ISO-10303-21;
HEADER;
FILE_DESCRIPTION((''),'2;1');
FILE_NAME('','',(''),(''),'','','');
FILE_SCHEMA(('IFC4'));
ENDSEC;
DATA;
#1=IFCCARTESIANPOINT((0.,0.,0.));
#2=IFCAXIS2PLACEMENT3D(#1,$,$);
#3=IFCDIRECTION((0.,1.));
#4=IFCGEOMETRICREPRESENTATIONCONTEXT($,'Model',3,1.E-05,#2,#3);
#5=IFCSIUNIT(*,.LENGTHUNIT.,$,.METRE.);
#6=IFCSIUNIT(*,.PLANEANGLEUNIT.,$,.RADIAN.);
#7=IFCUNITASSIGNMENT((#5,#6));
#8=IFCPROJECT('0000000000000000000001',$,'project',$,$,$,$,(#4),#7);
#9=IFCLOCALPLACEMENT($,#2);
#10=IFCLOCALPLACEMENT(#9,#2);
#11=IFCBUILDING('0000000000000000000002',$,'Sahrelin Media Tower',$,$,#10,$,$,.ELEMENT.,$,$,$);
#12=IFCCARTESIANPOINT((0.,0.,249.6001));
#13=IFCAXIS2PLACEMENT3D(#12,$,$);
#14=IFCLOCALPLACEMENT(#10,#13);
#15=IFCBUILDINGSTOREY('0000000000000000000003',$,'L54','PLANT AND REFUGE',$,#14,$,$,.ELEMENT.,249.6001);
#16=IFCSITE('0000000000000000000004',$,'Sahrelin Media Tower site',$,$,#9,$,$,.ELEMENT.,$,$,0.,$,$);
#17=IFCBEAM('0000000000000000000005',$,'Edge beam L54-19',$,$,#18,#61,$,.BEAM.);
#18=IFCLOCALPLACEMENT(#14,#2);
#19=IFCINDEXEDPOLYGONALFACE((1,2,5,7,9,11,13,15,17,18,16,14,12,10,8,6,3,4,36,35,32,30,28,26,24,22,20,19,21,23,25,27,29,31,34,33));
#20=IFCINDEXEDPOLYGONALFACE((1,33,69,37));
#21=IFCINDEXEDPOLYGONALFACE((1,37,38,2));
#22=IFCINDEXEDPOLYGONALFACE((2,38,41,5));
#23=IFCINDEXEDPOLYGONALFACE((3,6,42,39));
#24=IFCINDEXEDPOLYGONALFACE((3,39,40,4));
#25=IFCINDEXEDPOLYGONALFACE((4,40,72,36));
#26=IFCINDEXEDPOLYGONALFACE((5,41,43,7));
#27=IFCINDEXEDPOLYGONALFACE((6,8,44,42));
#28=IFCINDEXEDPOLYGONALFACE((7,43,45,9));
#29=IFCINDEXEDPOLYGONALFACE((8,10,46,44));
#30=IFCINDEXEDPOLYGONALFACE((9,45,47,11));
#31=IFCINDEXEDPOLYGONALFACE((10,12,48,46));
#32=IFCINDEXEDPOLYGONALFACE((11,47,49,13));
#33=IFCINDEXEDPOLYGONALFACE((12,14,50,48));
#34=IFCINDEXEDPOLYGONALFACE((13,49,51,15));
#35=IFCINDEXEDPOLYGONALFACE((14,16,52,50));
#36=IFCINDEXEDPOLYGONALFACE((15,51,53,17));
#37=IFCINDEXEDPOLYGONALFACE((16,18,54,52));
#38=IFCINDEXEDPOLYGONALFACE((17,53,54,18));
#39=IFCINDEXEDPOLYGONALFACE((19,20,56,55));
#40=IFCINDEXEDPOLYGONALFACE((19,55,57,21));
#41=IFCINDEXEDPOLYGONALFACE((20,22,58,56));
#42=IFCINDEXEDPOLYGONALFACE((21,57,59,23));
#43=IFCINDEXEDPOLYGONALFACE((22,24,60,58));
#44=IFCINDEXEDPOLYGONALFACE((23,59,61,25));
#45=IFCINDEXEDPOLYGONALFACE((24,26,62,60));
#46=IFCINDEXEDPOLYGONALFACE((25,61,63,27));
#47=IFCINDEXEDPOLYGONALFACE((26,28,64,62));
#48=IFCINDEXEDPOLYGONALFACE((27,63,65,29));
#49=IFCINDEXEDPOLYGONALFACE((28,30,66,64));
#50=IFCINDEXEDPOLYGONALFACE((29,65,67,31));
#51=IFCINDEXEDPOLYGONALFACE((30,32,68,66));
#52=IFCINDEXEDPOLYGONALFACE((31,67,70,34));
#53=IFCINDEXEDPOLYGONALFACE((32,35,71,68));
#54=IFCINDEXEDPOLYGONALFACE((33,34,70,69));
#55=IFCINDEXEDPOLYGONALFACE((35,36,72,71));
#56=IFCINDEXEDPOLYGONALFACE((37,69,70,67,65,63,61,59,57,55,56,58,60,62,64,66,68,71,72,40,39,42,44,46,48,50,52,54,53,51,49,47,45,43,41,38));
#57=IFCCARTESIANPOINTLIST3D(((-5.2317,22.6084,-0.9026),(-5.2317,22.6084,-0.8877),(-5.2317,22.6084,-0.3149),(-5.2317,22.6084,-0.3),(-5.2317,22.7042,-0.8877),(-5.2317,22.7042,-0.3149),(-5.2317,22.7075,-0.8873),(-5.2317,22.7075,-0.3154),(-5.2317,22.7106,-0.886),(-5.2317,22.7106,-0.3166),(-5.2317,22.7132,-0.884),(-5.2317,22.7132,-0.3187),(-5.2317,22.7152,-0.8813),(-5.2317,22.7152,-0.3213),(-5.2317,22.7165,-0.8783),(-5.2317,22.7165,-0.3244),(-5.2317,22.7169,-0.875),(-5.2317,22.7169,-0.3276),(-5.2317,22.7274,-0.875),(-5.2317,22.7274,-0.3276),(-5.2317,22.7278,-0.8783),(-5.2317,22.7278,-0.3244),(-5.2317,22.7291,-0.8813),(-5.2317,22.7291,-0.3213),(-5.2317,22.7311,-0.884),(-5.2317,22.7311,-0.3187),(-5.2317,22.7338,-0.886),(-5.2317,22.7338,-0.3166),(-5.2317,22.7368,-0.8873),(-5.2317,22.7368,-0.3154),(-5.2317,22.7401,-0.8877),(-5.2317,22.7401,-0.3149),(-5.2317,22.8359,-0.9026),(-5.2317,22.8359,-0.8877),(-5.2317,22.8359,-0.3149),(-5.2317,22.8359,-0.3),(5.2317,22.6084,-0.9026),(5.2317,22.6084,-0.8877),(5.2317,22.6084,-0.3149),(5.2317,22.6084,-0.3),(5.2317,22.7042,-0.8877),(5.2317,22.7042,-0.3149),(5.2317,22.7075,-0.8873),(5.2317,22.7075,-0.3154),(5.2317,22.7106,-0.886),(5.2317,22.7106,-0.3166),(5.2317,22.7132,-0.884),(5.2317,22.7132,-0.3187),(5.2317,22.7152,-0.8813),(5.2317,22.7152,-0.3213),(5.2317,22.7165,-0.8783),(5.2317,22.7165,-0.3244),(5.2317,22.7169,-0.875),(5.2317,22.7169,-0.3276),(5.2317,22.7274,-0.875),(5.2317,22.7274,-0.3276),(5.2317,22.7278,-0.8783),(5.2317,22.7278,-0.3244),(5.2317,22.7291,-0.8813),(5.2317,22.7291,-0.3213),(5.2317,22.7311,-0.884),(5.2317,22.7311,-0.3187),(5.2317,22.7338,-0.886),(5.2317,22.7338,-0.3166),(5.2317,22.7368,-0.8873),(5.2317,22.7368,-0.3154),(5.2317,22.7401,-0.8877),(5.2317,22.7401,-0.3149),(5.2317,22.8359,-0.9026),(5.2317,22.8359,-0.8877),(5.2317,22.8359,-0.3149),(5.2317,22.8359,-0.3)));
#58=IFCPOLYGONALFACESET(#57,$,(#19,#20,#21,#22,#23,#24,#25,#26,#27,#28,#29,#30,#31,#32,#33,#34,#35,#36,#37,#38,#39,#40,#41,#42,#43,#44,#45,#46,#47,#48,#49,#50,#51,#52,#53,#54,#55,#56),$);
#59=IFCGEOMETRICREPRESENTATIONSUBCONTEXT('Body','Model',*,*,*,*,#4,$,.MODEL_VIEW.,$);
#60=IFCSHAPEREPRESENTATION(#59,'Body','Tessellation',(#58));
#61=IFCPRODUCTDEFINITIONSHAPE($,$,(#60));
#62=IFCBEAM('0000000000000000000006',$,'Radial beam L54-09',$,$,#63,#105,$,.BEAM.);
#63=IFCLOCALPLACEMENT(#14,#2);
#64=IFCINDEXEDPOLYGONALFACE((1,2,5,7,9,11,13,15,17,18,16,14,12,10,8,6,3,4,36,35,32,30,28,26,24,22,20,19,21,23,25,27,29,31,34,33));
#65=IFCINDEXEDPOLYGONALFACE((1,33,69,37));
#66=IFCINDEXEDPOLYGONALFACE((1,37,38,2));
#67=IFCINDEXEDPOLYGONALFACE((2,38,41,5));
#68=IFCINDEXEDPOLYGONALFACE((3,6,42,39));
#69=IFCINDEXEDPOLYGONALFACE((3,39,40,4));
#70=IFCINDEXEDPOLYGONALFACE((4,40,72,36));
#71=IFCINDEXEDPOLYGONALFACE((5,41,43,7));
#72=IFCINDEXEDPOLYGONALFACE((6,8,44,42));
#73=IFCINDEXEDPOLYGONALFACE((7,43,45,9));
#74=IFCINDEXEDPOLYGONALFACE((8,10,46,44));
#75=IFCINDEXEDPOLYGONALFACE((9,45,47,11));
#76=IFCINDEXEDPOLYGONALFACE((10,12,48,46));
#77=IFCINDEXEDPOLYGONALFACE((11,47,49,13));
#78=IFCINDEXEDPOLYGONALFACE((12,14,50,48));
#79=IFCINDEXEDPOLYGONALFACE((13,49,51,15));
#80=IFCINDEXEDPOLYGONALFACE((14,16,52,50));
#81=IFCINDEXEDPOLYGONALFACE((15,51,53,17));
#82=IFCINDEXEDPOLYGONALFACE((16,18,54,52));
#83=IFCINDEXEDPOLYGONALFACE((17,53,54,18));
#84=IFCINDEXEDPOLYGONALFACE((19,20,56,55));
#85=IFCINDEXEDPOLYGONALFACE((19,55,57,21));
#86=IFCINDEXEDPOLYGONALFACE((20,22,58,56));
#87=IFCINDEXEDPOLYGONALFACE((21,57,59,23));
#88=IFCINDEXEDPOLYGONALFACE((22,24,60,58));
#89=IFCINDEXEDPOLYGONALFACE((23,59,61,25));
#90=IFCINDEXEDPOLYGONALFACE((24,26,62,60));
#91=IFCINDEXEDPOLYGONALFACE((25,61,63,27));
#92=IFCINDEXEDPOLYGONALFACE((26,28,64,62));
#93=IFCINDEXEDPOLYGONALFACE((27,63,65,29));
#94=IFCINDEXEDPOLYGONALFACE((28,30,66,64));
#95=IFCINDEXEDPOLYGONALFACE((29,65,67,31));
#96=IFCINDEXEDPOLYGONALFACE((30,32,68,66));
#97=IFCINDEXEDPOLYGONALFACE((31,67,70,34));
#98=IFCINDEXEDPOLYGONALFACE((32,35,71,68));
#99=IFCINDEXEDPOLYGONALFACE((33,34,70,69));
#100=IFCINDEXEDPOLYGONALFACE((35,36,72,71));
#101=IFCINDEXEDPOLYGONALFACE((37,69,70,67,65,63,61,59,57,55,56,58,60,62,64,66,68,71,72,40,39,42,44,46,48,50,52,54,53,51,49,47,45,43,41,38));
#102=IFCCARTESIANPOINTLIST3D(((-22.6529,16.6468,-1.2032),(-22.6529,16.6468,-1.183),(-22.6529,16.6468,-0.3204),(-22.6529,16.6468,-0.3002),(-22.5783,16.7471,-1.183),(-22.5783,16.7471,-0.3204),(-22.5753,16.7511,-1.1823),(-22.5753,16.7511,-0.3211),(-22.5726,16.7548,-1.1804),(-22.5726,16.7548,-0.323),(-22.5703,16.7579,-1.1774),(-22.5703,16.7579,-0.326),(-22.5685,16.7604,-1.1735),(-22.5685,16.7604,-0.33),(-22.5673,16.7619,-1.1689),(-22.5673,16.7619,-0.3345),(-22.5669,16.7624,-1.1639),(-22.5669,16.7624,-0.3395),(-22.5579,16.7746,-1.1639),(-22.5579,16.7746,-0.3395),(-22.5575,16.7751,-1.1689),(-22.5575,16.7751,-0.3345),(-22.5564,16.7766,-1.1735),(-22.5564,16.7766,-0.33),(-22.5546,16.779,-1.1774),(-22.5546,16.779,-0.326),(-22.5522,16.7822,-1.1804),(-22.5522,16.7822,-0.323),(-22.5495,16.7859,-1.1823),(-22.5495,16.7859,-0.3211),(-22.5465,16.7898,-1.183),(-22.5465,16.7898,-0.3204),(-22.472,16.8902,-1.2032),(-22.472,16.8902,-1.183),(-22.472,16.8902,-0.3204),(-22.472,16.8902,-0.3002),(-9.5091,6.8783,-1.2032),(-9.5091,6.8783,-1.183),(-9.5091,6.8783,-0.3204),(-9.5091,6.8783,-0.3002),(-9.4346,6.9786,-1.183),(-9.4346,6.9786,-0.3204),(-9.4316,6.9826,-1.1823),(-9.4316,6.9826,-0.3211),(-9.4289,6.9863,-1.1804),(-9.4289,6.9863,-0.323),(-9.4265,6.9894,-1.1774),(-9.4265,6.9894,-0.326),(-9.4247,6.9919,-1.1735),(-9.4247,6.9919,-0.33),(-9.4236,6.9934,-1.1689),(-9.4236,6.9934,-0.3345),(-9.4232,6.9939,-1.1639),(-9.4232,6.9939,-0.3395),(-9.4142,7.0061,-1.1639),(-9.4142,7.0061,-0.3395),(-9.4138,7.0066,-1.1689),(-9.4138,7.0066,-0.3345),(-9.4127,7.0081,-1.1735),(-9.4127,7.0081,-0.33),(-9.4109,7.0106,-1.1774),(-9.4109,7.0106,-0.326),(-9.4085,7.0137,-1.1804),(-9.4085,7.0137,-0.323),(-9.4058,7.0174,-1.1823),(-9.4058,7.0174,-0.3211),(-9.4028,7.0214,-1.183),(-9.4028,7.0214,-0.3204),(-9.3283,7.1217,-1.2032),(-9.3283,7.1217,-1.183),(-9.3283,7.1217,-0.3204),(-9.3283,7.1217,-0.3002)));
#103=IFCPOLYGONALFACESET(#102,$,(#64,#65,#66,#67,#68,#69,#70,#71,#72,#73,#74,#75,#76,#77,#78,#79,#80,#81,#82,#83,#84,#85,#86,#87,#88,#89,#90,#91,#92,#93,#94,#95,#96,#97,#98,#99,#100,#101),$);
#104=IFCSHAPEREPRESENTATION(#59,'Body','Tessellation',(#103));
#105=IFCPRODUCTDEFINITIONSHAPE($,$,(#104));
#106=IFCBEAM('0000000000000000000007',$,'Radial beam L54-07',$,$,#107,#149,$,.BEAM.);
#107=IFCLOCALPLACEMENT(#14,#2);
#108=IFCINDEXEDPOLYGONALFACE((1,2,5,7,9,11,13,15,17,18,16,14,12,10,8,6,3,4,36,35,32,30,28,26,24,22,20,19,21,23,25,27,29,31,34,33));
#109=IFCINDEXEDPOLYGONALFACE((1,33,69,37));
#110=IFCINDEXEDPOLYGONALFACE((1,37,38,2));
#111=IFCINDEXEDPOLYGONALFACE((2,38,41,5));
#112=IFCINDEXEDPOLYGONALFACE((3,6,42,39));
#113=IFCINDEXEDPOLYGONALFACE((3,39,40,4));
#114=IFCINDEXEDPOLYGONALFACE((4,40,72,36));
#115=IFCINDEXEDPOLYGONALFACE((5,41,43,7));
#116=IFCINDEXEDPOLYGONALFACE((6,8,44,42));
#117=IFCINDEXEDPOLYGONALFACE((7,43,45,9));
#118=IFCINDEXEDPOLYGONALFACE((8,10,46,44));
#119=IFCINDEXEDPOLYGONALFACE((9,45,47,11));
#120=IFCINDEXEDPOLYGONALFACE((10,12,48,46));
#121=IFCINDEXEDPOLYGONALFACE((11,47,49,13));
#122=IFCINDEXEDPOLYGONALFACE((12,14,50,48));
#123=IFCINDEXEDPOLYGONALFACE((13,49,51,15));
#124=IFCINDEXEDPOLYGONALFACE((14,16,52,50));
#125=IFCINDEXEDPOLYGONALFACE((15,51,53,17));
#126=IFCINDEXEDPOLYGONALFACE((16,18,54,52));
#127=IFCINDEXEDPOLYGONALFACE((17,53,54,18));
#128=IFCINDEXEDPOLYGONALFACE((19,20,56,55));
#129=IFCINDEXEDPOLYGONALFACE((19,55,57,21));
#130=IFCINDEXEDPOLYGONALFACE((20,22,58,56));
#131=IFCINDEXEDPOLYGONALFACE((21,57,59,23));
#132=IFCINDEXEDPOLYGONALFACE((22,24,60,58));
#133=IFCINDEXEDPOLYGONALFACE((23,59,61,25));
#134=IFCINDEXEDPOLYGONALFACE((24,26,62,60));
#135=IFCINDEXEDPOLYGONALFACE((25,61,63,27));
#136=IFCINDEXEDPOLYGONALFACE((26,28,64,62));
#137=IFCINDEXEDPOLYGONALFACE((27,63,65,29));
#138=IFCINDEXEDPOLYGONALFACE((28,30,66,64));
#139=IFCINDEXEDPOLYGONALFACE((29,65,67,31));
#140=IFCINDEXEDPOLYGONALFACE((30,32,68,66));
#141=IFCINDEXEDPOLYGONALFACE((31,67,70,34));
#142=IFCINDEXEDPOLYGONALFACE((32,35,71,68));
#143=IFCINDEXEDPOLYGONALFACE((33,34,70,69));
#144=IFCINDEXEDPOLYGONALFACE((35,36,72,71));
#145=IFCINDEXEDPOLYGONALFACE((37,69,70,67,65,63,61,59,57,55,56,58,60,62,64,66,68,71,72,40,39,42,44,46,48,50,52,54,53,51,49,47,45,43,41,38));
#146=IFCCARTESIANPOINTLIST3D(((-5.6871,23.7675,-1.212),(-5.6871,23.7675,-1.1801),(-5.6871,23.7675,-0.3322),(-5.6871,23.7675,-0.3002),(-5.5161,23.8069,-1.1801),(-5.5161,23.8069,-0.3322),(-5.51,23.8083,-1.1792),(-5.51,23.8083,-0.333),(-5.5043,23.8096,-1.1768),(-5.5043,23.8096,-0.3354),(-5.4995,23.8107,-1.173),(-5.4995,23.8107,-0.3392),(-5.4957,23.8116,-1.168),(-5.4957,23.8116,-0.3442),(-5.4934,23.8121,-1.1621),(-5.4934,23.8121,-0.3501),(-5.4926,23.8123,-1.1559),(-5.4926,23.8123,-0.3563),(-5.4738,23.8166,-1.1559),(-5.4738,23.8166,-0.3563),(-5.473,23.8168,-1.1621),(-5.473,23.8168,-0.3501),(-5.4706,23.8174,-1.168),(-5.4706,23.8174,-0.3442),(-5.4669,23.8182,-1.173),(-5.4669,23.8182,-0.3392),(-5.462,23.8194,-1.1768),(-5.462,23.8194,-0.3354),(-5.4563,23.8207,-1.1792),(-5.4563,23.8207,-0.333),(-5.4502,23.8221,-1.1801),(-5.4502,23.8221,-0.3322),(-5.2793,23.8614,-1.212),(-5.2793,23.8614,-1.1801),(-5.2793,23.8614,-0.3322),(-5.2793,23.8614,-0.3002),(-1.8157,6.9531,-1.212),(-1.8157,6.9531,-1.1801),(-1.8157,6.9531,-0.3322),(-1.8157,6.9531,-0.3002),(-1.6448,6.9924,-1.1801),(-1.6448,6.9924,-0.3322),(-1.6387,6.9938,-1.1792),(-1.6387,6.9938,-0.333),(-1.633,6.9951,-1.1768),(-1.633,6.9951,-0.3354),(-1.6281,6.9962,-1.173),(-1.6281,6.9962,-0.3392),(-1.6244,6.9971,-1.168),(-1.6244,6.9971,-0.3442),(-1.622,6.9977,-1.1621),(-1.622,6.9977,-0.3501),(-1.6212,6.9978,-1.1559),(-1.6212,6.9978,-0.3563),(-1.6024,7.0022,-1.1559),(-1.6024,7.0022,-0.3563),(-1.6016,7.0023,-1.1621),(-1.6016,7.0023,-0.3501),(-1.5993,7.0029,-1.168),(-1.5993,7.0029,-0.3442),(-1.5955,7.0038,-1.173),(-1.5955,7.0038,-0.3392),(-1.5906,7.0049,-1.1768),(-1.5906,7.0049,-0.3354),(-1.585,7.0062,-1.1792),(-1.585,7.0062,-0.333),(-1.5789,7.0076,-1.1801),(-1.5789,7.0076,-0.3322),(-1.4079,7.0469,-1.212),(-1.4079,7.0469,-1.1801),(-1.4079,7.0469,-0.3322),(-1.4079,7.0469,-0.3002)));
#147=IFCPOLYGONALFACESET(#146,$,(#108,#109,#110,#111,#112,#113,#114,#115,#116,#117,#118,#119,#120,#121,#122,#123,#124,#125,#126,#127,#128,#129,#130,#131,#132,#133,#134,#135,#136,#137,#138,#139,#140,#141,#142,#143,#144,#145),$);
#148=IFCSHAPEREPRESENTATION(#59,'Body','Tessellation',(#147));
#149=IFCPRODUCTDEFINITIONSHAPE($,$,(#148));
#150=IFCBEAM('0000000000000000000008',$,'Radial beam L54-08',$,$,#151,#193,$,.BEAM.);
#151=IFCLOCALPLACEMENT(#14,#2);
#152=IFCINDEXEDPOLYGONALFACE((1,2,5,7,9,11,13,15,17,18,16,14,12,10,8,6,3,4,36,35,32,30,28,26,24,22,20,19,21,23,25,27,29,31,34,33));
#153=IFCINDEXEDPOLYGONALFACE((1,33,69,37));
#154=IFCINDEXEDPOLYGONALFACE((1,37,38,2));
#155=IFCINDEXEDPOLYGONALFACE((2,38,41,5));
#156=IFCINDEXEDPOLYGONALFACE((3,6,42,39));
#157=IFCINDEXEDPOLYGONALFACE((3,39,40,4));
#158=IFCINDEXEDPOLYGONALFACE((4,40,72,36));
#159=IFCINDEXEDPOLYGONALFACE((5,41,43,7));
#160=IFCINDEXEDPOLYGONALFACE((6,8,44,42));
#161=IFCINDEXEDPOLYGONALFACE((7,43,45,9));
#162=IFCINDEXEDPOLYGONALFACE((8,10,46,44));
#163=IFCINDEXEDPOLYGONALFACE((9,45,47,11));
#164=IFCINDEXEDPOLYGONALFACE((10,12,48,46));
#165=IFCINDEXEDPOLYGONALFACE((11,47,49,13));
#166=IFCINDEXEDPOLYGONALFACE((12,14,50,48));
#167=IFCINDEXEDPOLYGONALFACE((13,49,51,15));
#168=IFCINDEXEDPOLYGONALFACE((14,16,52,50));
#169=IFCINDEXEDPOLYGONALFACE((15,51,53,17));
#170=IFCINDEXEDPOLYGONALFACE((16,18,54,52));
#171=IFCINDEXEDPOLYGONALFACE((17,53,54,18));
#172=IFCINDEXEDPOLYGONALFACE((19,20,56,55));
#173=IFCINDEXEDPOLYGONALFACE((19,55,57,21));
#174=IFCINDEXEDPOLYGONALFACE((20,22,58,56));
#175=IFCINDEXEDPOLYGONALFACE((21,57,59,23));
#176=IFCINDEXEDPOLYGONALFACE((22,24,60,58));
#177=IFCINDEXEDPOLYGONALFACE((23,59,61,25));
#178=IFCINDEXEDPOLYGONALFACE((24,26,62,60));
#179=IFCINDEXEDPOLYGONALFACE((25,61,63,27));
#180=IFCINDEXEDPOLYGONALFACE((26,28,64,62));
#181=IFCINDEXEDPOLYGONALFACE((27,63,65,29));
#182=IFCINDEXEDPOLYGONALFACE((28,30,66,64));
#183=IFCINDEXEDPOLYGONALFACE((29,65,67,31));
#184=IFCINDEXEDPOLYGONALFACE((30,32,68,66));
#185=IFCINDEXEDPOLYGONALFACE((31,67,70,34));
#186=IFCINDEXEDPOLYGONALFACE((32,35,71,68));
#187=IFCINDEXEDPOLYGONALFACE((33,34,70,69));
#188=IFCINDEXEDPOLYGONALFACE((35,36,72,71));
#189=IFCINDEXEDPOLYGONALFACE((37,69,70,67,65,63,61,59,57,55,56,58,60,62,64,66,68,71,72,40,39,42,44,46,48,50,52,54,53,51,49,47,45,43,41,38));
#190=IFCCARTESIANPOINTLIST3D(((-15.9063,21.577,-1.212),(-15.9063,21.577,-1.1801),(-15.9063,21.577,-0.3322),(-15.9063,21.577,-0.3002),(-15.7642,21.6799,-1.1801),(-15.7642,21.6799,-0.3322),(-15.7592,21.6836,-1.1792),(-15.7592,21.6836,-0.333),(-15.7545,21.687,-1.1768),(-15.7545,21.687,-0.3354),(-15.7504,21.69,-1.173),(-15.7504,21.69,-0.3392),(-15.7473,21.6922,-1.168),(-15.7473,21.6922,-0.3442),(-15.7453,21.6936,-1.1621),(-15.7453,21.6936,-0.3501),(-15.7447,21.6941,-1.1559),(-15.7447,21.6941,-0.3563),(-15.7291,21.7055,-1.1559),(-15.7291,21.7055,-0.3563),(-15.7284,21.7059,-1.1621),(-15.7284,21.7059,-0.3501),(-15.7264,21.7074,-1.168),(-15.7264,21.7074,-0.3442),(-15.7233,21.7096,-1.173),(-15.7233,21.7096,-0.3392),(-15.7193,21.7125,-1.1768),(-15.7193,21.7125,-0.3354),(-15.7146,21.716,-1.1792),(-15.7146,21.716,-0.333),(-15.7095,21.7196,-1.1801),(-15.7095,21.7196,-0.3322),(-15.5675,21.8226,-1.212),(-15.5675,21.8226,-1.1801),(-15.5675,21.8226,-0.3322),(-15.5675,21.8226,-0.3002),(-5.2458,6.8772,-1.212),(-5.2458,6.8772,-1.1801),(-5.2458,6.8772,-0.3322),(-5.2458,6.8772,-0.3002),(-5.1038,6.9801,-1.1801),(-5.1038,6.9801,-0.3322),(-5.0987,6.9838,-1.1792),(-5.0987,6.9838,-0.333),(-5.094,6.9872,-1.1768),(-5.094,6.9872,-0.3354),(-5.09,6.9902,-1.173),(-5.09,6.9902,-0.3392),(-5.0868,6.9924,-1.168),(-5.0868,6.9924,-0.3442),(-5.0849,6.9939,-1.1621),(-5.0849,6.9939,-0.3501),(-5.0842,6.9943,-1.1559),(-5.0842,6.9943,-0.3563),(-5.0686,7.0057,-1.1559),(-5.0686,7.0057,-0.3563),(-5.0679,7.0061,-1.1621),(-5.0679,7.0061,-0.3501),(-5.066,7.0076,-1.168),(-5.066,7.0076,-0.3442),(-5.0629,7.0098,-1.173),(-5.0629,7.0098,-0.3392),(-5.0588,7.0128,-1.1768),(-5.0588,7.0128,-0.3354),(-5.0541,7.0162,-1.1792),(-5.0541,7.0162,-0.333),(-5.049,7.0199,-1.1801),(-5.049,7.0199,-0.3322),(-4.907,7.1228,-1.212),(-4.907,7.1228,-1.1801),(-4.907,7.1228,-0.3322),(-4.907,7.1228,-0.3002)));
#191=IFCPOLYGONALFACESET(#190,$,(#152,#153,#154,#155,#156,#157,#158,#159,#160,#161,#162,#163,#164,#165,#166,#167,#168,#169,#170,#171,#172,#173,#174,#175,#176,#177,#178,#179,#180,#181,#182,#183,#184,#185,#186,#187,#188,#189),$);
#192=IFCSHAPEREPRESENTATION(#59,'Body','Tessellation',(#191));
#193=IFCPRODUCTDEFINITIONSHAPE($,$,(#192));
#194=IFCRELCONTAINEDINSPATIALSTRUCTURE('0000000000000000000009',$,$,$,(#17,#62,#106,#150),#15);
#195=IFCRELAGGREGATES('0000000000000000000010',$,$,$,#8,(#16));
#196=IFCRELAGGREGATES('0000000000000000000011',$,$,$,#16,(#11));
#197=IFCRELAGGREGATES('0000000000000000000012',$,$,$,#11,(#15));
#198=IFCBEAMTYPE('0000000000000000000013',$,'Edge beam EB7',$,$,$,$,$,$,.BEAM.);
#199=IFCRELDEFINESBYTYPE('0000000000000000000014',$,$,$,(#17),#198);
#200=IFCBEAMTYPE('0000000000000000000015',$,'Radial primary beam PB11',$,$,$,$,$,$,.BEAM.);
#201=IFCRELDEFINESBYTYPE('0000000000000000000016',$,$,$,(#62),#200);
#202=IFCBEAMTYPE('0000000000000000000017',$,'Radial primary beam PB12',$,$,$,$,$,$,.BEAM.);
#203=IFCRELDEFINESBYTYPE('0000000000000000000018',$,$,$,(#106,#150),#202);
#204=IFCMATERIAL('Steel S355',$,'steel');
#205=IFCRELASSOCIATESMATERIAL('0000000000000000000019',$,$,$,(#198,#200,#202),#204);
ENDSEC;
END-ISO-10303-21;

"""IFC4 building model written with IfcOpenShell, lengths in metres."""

from ifc_helpers import new_model, si_unit, direction, frame, origin, origin_2d, place, context, subcontext, project, spatial, i_section, extrude, material, material_profile, profile_set, type_object, element, save


model = new_model("IFC4")

# Units and contexts
model_context = context("Model", 3, precision=1e-05, world=origin(), true_north=direction((0.0, 1.0)))
body_context = subcontext(model_context, "Body", "Model", "MODEL_VIEW")
ifc_project = project(units=[si_unit("LENGTHUNIT", "METRE"), si_unit("PLANEANGLEUNIT", "RADIAN")], contexts=[model_context])

# Site, building, storey
site_placement = place(None, origin())
site = spatial("IfcSite", under=ifc_project, at=site_placement, Name="Sahrelin Media Tower site", CompositionType="ELEMENT", RefElevation=0.0)
building_placement = place(site_placement, origin())
building = spatial("IfcBuilding", under=site, at=building_placement, Name="Sahrelin Media Tower", CompositionType="ELEMENT")
storey_placement = place(building_placement, frame((0.0, 0.0, 249.6001)))
storey = spatial("IfcBuildingStorey", under=building, at=storey_placement, Name="L54", Description="PLANT AND REFUGE", CompositionType="ELEMENT", Elevation=249.6001)

# Beams
ifc_material_1 = material(Name="Steel S355", Category="steel")
ifc_material_profile_1 = material_profile(ifc_material_1, i_section(OverallWidth=0.2275, OverallDepth=0.6025, WebThickness=0.0105, FlangeThickness=0.0149, FilletRadius=0.0127, at=origin_2d()), Name="UB 610x229x101")
ifc_profile_set_1 = profile_set([ifc_material_profile_1], Name="Steel S355")
beam_type_1 = type_object("IfcBeamType", Name="Edge beam EB7", PredefinedType="BEAM", material=ifc_profile_set_1)
beam_1_placement = place(storey_placement, frame((-5.2317, 22.7222, -0.6013), z_axis=(1.0, 0.0, 0.0), x_axis=(0.0, 1.0, 0.0)))
element("IfcBeam", 1, at=beam_1_placement, inside=storey, type_object=beam_type_1, Name="Edge beam L54-19", PredefinedType="BEAM", context=body_context, shape_type="SweptSolid", body=[
    extrude(i_section(OverallWidth=0.2275, OverallDepth=0.6025, WebThickness=0.0105, FlangeThickness=0.0149, FilletRadius=0.0127, at=origin_2d()), origin(), (0.0, 0.0, 1.0), 10.4634),
])
ifc_material_profile_2 = material_profile(ifc_material_1, i_section(OverallWidth=0.3032, OverallDepth=0.9031, WebThickness=0.0151, FlangeThickness=0.0203, FilletRadius=0.019, at=origin_2d()), Name="UB 914x305x201")
ifc_profile_set_2 = profile_set([ifc_material_profile_2], Name="Steel S355")
beam_type_2 = type_object("IfcBeamType", Name="Radial primary beam PB11", PredefinedType="BEAM", material=ifc_profile_set_2)
beam_2_placement = place(storey_placement, frame((-9.4187, 7.0, -0.7517), z_axis=(-0.80261, 0.596505, 0.0), x_axis=(-0.596505, -0.80261, 0.0)))
element("IfcBeam", 2, at=beam_2_placement, inside=storey, type_object=beam_type_2, Name="Radial beam L54-09", PredefinedType="BEAM", context=body_context, shape_type="SweptSolid", body=[
    extrude(i_section(OverallWidth=0.3032, OverallDepth=0.9031, WebThickness=0.0151, FlangeThickness=0.0203, FilletRadius=0.019, at=origin_2d()), origin(), (0.0, 0.0, 1.0), 16.3762),
])
ifc_material_profile_3 = material_profile(ifc_material_1, i_section(OverallWidth=0.4185, OverallDepth=0.9119, WebThickness=0.0193, FlangeThickness=0.032, FilletRadius=0.0242, at=origin_2d()), Name="UB 914x419x343")
ifc_profile_set_3 = profile_set([ifc_material_profile_3], Name="Steel S355")
beam_type_3 = type_object("IfcBeamType", Name="Radial primary beam PB12", PredefinedType="BEAM", material=ifc_profile_set_3)
beam_3_placement = place(storey_placement, frame((-1.6118, 7.0, -0.7561), z_axis=(-0.224369, 0.974504, 0.0), x_axis=(-0.974504, -0.224369, 0.0)))
element("IfcBeam", 3, at=beam_3_placement, inside=storey, type_object=beam_type_3, Name="Radial beam L54-07", PredefinedType="BEAM", context=body_context, shape_type="SweptSolid", body=[
    extrude(i_section(OverallWidth=0.4185, OverallDepth=0.9119, WebThickness=0.0193, FlangeThickness=0.032, FilletRadius=0.0242, at=origin_2d()), origin(), (0.0, 0.0, 1.0), 17.2544),
])
beam_4_placement = place(storey_placement, frame((-5.0764, 7.0, -0.7561), z_axis=(-0.58708, 0.809529, 0.0), x_axis=(-0.809529, -0.58708, 0.0)))
element("IfcBeam", 4, at=beam_4_placement, inside=storey, type_object=beam_type_3, Name="Radial beam L54-08", PredefinedType="BEAM", context=body_context, shape_type="SweptSolid", body=[
    extrude(i_section(OverallWidth=0.4185, OverallDepth=0.9119, WebThickness=0.0193, FlangeThickness=0.032, FilletRadius=0.0242, at=origin_2d()), origin(), (0.0, 0.0, 1.0), 18.1584),
])

save(model, "model.ifc")
